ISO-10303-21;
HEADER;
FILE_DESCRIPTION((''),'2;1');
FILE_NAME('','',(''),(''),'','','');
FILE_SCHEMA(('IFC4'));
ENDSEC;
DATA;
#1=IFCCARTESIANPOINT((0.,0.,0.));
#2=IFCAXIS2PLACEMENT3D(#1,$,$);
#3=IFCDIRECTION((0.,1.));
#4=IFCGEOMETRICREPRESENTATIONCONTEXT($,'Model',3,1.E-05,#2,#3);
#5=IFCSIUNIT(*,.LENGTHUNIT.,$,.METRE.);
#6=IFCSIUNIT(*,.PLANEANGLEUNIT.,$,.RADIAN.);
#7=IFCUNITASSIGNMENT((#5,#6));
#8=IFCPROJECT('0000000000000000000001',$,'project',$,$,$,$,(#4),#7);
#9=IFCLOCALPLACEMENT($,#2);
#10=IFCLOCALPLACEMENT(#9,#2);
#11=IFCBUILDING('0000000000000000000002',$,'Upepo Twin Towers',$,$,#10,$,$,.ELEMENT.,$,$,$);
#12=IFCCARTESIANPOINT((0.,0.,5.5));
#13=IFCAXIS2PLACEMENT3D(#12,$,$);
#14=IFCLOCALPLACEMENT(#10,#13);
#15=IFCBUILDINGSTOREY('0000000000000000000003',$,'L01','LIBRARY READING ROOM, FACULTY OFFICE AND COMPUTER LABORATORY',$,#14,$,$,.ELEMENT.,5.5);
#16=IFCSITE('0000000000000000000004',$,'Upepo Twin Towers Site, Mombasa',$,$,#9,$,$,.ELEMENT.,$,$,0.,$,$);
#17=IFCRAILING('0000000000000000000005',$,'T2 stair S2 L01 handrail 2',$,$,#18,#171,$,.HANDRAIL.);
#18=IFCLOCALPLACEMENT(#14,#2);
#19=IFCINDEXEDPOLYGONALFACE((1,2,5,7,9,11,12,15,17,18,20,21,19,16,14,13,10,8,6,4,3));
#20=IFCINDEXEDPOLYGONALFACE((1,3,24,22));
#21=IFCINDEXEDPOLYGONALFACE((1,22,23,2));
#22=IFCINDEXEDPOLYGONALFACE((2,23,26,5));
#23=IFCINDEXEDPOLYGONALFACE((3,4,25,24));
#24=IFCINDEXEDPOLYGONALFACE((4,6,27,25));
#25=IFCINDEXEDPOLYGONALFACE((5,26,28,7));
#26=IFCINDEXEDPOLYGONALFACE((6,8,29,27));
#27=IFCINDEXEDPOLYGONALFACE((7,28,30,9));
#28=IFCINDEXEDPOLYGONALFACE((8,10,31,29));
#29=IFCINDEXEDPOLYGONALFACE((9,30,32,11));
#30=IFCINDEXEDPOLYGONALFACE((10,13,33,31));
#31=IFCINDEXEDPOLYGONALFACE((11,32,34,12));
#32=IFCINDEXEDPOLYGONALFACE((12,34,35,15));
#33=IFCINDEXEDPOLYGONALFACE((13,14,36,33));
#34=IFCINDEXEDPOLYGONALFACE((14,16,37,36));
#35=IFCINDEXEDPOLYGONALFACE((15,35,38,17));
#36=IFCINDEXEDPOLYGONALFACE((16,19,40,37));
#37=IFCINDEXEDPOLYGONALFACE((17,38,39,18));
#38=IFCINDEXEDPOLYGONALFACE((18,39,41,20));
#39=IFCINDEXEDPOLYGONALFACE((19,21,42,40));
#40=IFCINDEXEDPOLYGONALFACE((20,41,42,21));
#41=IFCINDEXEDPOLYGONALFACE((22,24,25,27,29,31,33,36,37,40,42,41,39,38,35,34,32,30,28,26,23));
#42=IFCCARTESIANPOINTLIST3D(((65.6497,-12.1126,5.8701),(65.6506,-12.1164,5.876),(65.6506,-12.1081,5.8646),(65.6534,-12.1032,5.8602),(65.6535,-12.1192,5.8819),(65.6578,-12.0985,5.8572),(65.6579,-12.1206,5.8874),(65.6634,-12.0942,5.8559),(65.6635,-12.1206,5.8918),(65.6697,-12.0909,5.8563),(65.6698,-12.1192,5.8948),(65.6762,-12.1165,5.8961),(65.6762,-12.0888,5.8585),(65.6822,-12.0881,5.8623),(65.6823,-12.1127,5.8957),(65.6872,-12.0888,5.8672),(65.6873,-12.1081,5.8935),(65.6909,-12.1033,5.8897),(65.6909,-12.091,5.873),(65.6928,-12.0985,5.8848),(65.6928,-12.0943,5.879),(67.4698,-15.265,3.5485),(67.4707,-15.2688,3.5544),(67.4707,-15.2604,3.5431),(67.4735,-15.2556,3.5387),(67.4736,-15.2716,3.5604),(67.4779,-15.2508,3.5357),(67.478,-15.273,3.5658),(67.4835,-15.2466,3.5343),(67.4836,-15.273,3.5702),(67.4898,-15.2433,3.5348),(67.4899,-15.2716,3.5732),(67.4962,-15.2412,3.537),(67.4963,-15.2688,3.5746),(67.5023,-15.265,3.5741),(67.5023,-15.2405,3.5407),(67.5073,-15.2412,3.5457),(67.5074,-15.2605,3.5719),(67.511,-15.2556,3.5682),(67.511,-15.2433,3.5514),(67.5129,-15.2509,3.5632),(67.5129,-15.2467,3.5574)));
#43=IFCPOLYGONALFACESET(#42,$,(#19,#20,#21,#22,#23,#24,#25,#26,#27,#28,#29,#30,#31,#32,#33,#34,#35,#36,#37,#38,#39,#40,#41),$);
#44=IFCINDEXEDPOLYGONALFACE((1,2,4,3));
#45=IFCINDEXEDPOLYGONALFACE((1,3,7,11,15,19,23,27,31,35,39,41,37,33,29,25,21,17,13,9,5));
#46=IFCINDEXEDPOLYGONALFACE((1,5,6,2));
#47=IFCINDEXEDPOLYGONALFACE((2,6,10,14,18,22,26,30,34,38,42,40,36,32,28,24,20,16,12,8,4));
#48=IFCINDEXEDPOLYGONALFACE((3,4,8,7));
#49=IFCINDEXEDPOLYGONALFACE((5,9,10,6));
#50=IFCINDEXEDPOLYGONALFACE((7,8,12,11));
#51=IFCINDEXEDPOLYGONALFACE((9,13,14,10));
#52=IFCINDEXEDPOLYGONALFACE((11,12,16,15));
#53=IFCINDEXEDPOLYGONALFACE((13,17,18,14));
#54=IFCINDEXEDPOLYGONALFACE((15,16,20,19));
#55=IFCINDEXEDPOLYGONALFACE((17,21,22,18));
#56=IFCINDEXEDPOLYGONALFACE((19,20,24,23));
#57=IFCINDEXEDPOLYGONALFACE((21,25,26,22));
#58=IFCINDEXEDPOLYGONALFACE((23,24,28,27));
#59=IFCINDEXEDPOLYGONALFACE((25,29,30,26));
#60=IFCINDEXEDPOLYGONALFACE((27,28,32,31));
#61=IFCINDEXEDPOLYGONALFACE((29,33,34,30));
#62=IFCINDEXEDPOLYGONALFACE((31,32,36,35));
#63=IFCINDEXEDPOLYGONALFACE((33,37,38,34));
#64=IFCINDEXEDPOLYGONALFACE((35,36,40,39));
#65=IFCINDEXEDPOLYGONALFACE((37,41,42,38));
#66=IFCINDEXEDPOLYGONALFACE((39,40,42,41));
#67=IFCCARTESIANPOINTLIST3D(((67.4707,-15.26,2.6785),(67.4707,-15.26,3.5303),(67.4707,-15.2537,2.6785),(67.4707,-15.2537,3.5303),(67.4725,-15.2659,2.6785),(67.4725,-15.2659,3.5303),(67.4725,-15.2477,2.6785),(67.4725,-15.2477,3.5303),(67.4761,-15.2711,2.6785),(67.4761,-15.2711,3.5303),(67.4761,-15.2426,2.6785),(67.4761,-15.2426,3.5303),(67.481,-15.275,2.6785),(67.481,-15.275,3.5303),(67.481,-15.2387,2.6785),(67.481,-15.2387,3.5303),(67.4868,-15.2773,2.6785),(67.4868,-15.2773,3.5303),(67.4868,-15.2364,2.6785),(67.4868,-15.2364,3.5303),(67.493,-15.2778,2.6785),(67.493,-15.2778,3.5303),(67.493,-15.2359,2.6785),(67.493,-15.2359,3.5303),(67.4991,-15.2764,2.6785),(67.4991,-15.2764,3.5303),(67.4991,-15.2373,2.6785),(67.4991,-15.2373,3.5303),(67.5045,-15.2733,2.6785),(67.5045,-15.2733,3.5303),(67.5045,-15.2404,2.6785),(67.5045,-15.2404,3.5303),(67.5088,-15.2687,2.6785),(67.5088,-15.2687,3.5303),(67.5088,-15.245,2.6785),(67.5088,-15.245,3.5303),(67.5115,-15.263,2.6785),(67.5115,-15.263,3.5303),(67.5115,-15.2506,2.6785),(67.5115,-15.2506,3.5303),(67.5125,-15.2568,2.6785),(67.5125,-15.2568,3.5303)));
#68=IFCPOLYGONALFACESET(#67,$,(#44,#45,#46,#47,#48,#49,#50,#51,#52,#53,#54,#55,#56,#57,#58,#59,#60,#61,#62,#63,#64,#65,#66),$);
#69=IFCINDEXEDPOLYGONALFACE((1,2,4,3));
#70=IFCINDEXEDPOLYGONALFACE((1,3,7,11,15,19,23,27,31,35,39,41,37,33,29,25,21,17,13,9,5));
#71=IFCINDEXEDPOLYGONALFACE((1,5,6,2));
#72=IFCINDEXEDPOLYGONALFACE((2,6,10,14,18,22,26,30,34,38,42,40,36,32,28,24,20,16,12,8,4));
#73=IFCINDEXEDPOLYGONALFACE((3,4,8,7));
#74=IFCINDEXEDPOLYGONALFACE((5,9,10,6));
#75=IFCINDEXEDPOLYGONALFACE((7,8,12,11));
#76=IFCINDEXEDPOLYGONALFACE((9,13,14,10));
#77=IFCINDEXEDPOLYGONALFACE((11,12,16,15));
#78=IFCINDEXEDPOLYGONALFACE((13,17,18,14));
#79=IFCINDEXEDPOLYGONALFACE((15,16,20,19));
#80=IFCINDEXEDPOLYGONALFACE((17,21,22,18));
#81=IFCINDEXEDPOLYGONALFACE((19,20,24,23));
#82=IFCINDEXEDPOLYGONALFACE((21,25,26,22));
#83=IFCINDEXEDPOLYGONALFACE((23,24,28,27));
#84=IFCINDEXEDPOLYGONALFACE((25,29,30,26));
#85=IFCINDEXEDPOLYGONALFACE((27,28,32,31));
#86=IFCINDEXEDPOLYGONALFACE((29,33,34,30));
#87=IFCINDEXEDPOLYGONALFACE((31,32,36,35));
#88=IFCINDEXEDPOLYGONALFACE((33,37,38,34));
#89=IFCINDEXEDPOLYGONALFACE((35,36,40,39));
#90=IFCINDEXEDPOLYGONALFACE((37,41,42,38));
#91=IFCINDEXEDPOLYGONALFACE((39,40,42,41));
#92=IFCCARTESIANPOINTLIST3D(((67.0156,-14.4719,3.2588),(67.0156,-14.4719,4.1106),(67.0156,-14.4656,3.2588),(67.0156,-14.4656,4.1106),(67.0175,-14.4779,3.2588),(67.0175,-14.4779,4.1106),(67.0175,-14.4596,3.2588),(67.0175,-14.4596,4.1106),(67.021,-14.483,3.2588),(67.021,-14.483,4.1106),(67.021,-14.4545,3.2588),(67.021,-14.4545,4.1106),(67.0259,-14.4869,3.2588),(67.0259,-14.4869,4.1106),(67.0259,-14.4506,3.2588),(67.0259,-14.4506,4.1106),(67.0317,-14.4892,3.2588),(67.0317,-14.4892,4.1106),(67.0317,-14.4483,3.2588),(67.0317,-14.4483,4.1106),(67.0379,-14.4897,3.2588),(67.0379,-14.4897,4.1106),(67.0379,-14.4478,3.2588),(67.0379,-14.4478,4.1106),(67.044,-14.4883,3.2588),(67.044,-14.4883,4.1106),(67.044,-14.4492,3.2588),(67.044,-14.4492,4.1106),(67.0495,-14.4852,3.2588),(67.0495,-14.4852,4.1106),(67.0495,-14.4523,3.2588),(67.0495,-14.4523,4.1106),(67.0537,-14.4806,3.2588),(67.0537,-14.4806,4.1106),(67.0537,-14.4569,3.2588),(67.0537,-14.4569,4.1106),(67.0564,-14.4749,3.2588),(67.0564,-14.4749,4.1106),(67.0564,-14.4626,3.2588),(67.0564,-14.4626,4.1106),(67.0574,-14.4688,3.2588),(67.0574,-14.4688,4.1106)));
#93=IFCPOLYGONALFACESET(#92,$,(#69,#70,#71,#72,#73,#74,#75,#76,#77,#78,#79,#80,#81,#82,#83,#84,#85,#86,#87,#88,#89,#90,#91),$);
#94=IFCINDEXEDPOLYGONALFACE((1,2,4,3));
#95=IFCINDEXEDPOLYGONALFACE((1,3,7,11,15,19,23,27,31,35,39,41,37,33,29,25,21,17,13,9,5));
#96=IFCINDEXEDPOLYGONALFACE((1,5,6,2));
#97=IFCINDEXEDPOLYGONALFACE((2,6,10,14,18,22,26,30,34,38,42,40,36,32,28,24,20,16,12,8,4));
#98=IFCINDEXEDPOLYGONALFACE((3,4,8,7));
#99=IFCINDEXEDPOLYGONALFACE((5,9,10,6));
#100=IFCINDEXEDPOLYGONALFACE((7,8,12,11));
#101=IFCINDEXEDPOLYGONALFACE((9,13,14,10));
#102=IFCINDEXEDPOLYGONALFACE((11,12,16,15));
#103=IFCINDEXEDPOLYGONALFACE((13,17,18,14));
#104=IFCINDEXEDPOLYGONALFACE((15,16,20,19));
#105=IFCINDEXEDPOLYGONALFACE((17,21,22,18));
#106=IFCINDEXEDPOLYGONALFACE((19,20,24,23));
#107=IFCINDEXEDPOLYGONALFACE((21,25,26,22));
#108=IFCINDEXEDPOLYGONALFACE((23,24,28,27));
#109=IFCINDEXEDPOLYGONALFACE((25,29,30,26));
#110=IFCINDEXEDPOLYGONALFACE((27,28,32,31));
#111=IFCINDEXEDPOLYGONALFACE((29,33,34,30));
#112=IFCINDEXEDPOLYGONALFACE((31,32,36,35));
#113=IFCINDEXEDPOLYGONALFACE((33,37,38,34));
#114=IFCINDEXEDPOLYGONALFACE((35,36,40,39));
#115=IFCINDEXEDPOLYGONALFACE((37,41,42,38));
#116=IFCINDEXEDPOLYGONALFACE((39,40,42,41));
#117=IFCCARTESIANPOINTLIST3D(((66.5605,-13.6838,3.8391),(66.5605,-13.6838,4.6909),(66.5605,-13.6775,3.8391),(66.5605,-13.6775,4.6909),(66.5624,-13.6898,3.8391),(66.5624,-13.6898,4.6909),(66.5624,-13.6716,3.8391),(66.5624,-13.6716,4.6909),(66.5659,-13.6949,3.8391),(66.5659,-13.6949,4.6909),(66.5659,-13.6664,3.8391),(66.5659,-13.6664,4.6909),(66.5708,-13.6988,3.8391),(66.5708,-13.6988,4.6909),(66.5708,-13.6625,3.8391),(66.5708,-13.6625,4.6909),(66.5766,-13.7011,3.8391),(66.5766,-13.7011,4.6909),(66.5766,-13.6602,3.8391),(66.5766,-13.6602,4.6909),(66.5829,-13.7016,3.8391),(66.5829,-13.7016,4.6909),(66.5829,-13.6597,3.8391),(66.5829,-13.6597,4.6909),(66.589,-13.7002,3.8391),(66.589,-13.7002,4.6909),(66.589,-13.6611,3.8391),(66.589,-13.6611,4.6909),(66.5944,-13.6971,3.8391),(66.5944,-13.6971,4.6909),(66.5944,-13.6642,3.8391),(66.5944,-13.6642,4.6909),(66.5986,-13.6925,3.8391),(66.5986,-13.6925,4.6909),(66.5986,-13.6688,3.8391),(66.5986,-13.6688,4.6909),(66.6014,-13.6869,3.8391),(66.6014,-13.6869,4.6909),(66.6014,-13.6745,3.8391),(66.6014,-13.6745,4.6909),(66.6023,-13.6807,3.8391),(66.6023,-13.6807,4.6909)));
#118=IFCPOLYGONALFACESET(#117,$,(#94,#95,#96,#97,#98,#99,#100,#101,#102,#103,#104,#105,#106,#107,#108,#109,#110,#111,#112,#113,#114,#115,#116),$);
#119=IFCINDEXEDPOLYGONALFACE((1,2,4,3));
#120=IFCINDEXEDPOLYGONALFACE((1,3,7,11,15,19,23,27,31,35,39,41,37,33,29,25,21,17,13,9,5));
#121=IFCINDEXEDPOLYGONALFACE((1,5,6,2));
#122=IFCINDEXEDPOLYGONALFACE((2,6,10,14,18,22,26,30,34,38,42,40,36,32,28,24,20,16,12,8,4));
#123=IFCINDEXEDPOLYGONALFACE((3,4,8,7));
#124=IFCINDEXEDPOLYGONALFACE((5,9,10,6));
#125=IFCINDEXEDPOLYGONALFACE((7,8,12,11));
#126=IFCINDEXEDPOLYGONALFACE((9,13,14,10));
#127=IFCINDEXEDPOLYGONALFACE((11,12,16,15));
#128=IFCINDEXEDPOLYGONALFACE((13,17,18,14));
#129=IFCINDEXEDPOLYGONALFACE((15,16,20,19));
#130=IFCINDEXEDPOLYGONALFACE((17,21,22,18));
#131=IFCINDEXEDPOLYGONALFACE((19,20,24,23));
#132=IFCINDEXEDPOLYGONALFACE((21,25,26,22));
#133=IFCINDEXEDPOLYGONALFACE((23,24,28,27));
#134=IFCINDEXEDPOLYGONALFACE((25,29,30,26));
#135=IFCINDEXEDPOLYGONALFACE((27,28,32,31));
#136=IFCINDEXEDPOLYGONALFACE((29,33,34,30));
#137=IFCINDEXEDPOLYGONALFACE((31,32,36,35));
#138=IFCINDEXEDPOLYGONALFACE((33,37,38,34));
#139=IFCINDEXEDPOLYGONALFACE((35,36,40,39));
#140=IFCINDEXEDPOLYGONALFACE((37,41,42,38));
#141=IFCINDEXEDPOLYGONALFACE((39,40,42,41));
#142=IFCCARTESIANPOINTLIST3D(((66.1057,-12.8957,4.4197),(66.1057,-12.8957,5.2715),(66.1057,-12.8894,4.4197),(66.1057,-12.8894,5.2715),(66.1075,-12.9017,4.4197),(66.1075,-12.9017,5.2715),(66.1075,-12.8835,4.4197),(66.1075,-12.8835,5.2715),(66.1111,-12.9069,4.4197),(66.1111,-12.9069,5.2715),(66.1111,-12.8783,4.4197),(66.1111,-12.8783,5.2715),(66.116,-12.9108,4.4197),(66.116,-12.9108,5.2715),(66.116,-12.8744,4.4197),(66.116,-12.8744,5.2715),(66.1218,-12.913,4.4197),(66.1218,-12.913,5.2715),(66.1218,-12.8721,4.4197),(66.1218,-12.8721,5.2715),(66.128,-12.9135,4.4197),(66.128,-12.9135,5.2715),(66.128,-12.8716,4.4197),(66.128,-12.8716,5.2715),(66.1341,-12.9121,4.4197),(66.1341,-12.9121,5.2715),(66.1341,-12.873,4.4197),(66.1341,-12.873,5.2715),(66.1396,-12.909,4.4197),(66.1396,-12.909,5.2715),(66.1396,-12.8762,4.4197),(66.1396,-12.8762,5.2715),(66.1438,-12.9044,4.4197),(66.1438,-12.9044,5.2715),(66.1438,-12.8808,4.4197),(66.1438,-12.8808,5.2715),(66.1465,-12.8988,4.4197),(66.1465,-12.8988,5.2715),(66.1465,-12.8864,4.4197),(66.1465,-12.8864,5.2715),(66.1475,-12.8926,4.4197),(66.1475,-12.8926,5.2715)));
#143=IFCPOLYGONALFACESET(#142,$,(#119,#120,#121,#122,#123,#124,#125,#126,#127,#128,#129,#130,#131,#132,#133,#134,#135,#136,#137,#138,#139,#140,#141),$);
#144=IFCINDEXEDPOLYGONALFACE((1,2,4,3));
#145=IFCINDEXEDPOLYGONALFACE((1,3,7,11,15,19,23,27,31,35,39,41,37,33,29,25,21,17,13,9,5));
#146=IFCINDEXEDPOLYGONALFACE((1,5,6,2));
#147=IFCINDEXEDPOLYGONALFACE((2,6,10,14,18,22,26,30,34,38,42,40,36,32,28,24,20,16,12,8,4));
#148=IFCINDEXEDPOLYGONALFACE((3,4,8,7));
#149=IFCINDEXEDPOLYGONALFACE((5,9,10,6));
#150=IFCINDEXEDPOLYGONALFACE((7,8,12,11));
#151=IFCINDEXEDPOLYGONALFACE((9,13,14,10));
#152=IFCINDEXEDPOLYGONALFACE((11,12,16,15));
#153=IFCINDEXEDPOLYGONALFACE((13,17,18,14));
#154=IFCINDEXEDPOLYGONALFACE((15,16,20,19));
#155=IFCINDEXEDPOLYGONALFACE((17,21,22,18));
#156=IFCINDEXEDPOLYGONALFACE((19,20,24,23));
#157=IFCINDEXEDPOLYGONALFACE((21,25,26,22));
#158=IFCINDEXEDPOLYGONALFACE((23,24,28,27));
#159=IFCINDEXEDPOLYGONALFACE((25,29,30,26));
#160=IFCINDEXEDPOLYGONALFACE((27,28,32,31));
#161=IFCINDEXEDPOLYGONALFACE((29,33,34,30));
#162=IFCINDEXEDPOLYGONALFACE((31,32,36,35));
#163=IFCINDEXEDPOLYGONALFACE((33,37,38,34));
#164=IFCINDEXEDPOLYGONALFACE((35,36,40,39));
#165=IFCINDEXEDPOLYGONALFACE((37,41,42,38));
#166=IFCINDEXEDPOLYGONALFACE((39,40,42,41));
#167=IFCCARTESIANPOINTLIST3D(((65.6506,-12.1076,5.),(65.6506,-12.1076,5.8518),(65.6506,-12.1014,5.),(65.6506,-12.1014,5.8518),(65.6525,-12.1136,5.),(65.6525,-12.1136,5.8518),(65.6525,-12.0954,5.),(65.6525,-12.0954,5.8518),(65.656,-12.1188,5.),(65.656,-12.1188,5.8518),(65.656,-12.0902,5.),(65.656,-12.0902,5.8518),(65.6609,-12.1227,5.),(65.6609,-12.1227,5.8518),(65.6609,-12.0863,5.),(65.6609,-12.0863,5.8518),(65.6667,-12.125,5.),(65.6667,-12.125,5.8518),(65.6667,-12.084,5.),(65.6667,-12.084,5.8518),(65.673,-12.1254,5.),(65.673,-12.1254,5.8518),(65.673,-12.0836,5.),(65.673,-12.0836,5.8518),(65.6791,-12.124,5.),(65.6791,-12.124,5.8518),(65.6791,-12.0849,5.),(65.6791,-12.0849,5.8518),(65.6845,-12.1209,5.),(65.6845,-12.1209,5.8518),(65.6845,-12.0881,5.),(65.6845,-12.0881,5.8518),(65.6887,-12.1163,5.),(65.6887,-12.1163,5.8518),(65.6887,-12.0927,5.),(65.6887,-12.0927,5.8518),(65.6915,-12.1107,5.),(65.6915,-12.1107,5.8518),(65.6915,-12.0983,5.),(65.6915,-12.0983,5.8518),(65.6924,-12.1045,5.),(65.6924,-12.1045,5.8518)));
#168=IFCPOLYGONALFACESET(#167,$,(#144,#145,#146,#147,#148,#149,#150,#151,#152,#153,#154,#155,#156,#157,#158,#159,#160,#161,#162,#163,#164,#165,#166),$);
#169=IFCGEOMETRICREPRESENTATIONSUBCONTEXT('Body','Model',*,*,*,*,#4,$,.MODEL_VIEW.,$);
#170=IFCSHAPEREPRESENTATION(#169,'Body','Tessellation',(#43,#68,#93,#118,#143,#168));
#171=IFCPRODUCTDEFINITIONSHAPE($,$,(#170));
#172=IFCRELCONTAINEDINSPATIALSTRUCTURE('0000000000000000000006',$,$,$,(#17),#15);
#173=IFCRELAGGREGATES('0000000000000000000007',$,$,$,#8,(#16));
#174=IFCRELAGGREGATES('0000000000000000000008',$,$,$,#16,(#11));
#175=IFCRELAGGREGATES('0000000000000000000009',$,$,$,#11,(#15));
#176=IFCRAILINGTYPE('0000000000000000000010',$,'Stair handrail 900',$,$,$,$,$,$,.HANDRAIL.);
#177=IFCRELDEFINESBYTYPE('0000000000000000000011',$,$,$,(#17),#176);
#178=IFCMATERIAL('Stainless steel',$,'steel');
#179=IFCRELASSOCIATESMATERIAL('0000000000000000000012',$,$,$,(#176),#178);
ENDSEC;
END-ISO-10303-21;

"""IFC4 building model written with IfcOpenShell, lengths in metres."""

from ifc_helpers import new_model, si_unit, direction, frame, origin, origin_2d, place, context, subcontext, project, spatial, circle, extrude, material, type_object, element, save


model = new_model("IFC4")

# Units and contexts
model_context = context("Model", 3, precision=1e-05, world=origin(), true_north=direction((0.0, 1.0)))
body_context = subcontext(model_context, "Body", "Model", "MODEL_VIEW")
ifc_project = project(units=[si_unit("LENGTHUNIT", "METRE"), si_unit("PLANEANGLEUNIT", "RADIAN")], contexts=[model_context])

# Site, building, storey
site_placement = place(None, origin())
site = spatial("IfcSite", under=ifc_project, at=site_placement, Name="Upepo Twin Towers Site, Mombasa", CompositionType="ELEMENT", RefElevation=0.0)
building_placement = place(site_placement, origin())
building = spatial("IfcBuilding", under=site, at=building_placement, Name="Upepo Twin Towers", CompositionType="ELEMENT")
storey_placement = place(building_placement, frame((0.0, 0.0, 5.5)))
storey = spatial("IfcBuildingStorey", under=building, at=storey_placement, Name="L01", Description="LIBRARY READING ROOM, FACULTY OFFICE AND COMPUTER LABORATORY", CompositionType="ELEMENT", Elevation=5.5)

# Railing
ifc_material_1 = material(Name="Stainless steel", Category="steel")
railing_type = type_object("IfcRailingType", Name="Stair handrail 900", PredefinedType="HANDRAIL", material=ifc_material_1)
railing_1_placement = place(storey_placement, frame((67.4915, -15.2568, 2.6785)))
element("IfcRailing", 1, at=railing_1_placement, inside=storey, type_object=railing_type, Name="T2 stair S2 L01 handrail 2", PredefinedType="HANDRAIL", context=body_context, shape_type="SweptSolid", body=[
    extrude(circle(Radius=0.0239, at=origin_2d()), frame((0.0, 0.0, 0.876), z_axis=(-0.421572, 0.730159, 0.537723), x_axis=(-0.866018, -0.500013, 0.0)), (0.0, 0.0, 1.0), 4.3174),
    extrude(circle(Radius=0.021, at=origin_2d()), origin(), (0.0, 0.0, 1.0), 0.8518),
    extrude(circle(Radius=0.021, at=origin_2d()), frame((-0.4551, 0.7881, 0.5803)), (0.0, 0.0, 1.0), 0.8518),
    extrude(circle(Radius=0.021, at=origin_2d()), frame((-0.9102, 1.5762, 1.1606)), (0.0, 0.0, 1.0), 0.8518),
    extrude(circle(Radius=0.021, at=origin_2d()), frame((-1.365, 2.3643, 1.7412)), (0.0, 0.0, 1.0), 0.8518),
    extrude(circle(Radius=0.021, at=origin_2d()), frame((-1.8201, 3.1523, 2.3215)), (0.0, 0.0, 1.0), 0.8518),
])

save(model, "model.ifc")
